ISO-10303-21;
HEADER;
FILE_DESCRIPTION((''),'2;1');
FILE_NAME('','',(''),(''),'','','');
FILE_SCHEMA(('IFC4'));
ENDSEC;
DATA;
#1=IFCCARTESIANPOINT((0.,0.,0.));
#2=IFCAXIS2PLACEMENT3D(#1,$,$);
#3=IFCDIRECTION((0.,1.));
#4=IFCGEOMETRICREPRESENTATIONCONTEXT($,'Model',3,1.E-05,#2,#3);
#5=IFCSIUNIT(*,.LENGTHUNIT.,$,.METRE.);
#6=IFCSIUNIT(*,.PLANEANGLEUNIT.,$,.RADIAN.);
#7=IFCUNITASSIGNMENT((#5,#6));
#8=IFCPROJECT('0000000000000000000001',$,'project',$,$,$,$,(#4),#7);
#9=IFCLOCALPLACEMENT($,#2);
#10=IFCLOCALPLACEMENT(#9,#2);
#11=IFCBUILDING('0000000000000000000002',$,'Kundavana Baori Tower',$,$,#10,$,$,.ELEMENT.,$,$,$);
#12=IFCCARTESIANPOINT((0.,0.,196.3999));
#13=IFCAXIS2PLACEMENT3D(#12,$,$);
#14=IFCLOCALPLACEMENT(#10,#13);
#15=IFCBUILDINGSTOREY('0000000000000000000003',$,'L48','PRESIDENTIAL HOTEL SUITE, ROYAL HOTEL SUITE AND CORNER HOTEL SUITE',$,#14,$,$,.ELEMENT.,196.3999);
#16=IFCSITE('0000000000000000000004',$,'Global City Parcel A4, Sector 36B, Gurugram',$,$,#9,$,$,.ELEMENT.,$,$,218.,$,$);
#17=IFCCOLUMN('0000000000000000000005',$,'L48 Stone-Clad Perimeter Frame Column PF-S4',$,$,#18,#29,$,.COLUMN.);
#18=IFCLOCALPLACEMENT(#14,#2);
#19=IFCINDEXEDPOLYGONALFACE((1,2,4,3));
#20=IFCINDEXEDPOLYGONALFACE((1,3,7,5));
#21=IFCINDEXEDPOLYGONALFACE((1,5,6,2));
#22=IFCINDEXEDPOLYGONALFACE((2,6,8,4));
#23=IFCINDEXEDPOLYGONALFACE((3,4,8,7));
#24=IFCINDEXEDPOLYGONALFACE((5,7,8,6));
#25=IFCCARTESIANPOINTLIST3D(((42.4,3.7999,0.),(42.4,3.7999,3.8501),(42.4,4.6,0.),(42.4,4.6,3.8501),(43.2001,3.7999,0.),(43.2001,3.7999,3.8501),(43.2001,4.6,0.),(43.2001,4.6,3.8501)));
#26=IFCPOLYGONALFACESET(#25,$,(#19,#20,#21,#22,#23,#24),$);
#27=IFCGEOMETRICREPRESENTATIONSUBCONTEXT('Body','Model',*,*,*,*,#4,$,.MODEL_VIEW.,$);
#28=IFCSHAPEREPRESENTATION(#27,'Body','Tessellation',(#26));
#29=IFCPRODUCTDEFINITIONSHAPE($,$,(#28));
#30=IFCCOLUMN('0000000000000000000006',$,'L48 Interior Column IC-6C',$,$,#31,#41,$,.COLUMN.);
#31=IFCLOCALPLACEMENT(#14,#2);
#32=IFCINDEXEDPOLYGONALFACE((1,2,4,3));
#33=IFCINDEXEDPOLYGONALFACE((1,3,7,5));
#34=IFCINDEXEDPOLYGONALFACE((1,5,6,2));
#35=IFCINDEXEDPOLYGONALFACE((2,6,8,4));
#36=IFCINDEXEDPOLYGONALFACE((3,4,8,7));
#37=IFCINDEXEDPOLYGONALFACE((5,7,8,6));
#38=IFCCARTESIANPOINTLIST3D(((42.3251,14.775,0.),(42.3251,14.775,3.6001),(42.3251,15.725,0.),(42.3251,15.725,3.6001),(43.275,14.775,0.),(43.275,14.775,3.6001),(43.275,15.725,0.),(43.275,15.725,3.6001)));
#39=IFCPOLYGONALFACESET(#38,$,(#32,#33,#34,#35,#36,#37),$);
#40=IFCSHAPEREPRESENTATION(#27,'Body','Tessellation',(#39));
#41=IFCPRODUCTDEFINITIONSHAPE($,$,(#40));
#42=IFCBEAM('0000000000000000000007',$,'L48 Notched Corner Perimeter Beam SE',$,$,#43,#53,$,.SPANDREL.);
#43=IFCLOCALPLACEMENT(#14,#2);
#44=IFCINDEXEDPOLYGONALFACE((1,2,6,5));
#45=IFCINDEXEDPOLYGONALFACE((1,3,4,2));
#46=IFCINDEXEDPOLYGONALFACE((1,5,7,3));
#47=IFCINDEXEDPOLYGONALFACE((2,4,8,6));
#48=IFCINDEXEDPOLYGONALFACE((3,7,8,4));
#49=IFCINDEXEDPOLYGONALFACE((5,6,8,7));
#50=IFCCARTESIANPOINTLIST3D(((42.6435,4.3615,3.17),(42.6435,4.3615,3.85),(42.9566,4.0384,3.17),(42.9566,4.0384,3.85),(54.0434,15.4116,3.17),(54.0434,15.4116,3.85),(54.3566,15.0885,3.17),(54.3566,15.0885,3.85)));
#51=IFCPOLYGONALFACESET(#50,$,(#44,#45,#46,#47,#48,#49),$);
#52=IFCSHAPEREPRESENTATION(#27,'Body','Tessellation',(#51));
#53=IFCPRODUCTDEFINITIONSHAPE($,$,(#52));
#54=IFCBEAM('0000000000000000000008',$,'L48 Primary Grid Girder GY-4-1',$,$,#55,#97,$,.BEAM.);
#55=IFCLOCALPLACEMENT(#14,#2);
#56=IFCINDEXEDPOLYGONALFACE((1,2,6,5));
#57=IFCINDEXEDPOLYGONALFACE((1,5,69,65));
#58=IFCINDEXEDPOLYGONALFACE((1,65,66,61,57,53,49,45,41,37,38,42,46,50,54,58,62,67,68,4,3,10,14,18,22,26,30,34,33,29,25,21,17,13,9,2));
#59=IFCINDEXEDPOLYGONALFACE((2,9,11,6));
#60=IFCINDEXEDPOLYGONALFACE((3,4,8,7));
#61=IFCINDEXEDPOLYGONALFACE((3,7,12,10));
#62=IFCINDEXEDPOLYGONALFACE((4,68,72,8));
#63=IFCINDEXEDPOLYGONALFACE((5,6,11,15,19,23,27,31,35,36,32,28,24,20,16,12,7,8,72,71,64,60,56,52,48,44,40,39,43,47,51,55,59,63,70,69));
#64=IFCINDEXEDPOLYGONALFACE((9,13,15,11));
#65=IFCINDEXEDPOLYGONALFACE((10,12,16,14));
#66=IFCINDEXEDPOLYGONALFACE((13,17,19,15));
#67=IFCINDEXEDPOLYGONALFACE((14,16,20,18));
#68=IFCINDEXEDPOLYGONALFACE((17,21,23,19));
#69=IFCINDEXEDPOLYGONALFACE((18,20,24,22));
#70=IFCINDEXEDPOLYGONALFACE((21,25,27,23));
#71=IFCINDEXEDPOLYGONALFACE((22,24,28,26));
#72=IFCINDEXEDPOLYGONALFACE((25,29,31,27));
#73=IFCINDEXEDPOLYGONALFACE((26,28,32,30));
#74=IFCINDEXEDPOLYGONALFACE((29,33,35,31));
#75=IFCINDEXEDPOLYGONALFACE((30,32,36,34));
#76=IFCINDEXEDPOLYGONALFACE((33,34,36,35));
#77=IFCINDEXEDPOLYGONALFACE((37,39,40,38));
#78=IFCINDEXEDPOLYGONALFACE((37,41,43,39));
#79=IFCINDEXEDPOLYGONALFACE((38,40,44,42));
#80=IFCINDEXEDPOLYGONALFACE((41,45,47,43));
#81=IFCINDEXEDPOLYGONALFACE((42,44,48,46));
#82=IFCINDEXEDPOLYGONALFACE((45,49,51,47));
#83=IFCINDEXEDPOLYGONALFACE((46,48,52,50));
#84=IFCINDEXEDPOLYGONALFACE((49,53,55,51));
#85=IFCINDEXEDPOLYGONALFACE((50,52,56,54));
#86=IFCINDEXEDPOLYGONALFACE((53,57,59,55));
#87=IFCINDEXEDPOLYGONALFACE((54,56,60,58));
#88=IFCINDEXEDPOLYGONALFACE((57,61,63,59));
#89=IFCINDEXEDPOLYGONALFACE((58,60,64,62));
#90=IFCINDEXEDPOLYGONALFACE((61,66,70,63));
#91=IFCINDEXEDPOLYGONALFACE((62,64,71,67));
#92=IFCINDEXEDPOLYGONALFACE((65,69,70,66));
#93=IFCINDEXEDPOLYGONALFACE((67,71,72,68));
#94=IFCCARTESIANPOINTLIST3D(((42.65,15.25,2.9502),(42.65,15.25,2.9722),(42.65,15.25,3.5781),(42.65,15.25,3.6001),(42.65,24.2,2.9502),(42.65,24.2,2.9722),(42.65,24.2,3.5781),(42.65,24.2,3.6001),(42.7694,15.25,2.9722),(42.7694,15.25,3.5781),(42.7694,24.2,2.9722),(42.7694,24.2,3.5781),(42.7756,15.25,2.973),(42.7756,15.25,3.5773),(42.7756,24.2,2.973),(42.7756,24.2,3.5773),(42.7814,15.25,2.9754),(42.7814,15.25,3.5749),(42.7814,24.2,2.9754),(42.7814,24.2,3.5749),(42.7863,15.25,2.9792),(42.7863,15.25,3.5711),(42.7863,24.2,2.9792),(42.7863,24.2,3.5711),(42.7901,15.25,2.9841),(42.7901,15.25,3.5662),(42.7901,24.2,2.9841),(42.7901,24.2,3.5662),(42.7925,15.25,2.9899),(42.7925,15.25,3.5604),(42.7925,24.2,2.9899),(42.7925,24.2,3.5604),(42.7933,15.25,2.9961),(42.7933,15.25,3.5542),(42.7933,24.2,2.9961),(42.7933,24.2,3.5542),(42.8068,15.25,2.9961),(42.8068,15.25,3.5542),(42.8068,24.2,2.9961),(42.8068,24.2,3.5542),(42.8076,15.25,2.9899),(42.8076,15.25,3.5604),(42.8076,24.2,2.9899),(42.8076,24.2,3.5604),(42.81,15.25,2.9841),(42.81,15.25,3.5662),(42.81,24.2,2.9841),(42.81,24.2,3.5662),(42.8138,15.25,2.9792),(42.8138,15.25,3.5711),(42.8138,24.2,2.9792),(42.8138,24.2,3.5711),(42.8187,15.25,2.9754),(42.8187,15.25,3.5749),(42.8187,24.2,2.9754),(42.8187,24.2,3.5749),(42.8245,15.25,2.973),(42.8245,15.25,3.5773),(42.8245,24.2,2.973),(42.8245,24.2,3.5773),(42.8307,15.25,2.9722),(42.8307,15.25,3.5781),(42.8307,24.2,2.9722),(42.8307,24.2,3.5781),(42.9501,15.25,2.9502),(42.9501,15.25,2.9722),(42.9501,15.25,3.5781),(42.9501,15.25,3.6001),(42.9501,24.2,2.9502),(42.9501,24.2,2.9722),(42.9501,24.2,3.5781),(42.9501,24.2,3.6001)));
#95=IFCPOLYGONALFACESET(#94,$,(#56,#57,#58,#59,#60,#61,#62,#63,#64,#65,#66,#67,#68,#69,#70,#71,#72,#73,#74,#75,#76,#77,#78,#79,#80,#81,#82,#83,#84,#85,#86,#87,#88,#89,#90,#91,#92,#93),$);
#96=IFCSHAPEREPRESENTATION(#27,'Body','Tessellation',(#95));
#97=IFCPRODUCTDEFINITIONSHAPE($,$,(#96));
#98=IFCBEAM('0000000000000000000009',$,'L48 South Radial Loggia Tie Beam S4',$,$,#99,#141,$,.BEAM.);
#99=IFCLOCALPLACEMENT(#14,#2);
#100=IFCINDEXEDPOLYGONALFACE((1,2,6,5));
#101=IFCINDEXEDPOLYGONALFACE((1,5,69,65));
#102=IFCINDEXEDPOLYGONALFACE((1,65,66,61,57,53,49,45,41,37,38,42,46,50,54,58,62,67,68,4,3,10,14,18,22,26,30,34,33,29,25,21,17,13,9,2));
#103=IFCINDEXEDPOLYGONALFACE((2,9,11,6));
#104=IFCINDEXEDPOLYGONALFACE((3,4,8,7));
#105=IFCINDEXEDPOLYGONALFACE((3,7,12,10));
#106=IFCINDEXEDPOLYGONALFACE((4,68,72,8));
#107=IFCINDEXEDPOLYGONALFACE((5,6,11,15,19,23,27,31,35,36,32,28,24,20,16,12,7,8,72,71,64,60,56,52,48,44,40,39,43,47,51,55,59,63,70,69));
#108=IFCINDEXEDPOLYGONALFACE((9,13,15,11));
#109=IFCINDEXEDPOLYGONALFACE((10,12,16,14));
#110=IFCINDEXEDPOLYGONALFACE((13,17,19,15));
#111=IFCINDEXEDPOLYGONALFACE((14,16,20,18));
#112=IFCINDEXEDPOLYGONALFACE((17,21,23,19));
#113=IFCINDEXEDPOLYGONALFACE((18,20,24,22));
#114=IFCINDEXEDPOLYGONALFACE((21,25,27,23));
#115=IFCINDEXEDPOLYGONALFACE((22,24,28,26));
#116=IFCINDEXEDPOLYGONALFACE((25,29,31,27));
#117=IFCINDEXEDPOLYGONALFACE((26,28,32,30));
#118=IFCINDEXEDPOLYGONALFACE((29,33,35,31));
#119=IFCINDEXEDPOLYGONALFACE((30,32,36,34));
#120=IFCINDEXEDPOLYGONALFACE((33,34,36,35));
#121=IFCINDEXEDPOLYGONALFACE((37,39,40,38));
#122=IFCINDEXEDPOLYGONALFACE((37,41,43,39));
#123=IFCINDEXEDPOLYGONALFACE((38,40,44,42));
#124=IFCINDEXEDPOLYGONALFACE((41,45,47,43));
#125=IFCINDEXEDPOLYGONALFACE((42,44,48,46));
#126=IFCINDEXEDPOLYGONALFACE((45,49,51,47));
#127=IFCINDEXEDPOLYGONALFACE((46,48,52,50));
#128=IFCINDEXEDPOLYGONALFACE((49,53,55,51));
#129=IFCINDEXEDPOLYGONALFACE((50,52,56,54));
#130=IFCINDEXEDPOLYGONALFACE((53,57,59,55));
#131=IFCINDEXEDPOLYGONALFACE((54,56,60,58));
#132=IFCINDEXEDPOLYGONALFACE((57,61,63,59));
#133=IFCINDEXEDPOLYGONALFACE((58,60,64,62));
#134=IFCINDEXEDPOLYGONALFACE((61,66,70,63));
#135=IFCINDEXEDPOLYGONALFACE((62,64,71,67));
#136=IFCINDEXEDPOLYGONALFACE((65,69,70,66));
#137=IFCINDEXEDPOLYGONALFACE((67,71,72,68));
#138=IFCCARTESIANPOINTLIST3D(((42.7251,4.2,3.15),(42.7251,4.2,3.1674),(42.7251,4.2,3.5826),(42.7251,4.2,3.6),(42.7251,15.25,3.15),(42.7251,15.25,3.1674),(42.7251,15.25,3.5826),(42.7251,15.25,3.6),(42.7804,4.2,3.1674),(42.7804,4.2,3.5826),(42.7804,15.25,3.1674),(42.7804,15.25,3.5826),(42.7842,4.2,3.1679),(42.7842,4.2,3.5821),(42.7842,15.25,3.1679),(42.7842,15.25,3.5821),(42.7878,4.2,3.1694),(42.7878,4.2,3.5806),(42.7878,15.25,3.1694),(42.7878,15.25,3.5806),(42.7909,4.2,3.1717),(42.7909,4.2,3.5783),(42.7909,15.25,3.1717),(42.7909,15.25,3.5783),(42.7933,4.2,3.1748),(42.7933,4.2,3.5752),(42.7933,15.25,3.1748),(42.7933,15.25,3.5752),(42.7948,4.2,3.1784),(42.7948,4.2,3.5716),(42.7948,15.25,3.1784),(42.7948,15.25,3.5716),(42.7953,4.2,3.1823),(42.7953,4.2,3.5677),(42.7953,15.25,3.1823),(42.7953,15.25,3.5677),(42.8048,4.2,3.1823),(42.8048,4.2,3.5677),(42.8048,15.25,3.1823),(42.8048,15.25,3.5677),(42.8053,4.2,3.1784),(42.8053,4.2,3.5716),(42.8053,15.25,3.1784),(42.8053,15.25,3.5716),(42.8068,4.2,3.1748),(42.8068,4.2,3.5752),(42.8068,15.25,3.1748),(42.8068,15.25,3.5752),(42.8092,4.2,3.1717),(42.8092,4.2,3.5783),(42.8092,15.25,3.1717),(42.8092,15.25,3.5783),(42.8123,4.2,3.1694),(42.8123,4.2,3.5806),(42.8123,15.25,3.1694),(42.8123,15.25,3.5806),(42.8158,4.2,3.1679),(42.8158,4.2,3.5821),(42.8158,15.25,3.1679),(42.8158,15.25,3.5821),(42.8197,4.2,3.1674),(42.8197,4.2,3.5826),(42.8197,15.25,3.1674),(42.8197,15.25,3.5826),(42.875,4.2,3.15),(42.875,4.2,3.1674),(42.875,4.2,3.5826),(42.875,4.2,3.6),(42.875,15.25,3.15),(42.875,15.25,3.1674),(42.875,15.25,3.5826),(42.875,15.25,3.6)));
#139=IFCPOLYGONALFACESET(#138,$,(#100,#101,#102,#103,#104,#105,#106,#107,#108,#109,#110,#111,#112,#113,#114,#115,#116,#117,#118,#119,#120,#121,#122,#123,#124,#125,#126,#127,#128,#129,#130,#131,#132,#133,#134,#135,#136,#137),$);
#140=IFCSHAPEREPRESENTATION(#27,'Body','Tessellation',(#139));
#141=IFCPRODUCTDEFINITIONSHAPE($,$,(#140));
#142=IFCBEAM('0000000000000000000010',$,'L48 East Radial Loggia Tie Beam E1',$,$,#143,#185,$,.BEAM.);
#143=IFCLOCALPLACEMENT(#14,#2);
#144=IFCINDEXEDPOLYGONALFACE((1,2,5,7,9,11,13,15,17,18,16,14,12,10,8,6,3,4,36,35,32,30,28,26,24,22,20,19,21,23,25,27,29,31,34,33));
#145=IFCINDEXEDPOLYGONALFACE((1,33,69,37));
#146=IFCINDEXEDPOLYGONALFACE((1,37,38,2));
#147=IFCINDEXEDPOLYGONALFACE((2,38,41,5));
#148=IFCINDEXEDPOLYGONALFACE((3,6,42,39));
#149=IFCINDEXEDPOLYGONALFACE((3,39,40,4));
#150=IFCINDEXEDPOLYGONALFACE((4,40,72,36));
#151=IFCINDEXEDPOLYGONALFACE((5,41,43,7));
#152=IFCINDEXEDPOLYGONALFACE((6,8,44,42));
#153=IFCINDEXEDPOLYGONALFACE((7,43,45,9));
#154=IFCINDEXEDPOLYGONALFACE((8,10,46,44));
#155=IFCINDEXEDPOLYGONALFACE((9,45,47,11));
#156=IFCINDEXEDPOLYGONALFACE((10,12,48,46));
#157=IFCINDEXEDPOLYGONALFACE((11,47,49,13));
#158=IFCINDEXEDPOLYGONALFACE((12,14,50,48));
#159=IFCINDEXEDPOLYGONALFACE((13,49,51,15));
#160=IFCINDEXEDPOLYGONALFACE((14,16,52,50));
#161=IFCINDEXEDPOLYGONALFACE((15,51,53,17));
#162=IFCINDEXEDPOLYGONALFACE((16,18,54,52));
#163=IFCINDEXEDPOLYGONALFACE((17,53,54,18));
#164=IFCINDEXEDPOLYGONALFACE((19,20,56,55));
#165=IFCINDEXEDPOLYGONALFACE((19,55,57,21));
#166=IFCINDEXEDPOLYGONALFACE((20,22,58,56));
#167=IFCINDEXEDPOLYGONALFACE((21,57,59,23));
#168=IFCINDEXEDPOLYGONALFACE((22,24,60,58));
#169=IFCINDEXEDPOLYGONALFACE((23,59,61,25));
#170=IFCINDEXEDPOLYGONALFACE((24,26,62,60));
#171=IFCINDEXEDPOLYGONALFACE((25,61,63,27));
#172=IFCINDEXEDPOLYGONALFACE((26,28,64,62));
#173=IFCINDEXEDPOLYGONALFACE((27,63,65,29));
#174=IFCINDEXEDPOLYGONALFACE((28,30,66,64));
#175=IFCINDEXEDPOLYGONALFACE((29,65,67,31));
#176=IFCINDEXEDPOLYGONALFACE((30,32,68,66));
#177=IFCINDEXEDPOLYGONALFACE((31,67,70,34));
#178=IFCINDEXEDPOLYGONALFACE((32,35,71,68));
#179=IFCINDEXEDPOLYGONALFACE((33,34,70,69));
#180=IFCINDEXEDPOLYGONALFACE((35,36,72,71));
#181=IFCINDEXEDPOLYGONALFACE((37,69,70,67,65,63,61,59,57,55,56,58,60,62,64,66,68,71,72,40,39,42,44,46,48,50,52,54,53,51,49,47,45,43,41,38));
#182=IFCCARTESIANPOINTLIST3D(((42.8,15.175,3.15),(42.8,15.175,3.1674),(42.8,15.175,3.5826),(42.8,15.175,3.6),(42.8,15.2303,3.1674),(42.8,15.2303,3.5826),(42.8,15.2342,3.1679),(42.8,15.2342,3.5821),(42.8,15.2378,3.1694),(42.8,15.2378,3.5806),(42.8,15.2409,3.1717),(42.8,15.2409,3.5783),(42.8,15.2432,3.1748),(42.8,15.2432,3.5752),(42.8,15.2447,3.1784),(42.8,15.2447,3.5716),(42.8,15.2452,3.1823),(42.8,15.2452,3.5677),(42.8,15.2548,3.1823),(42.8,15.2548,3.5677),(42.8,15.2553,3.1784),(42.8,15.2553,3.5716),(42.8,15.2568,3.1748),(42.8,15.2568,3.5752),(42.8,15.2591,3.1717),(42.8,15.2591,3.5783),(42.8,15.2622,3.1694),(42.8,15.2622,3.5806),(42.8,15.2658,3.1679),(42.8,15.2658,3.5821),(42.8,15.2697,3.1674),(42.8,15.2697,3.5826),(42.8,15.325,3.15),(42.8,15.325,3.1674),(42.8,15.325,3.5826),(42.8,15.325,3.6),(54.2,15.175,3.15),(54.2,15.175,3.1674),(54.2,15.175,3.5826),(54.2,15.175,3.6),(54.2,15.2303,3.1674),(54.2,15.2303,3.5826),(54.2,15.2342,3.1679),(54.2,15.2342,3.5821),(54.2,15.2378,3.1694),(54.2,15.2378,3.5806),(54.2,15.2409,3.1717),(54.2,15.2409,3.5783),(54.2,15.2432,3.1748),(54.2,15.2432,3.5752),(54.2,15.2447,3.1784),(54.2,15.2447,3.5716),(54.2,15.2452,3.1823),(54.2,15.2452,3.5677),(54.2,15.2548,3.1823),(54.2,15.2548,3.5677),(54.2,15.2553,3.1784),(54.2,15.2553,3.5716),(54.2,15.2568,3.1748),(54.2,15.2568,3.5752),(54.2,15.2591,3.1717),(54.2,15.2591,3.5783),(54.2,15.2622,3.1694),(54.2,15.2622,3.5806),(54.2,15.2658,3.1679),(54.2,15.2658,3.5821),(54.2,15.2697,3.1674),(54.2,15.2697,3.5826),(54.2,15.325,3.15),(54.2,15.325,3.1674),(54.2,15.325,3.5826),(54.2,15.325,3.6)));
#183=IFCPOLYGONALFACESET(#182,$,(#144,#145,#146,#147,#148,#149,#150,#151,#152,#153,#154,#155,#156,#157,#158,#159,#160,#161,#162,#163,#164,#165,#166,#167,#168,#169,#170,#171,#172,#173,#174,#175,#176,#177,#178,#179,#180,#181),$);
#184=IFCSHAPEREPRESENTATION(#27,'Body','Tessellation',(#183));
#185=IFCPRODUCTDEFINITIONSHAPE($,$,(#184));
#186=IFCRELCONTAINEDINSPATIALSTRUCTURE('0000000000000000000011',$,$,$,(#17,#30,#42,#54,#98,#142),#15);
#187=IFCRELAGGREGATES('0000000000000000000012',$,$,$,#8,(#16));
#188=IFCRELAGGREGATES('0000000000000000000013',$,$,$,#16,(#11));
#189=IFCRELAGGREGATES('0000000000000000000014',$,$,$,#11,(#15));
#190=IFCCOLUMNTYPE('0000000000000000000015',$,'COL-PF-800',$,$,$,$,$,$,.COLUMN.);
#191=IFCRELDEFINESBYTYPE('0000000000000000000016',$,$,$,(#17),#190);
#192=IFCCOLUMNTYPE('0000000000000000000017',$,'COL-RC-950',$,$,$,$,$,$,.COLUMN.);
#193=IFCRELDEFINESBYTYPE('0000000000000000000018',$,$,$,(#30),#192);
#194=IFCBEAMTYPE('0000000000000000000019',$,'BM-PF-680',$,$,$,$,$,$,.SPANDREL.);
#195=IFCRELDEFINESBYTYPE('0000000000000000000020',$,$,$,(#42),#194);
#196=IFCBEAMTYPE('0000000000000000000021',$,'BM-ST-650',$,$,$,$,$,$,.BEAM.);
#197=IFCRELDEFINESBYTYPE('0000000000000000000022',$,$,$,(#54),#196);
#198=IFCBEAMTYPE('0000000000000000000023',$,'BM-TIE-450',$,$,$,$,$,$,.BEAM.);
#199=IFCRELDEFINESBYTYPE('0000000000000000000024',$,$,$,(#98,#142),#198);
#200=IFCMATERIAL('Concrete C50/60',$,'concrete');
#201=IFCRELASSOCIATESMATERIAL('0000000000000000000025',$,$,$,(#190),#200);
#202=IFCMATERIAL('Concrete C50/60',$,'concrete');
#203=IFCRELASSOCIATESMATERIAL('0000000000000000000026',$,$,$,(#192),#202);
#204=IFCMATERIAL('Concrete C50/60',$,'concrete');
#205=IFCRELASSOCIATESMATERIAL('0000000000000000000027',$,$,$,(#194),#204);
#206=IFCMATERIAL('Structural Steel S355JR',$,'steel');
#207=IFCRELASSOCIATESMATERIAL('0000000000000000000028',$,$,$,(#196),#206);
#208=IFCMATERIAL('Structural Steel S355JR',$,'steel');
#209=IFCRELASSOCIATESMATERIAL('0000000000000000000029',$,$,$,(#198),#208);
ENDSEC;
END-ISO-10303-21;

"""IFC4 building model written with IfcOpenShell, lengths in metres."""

from ifc_helpers import new_model, si_unit, direction, frame, origin, origin_2d, place, context, subcontext, project, spatial, rectangle, i_section, extrude, material, material_profile, profile_set, type_object, element, save


model = new_model("IFC4")

# Units and contexts
model_context = context("Model", 3, precision=1e-05, world=origin(), true_north=direction((0.0, 1.0)))
body_context = subcontext(model_context, "Body", "Model", "MODEL_VIEW")
ifc_project = project(units=[si_unit("LENGTHUNIT", "METRE"), si_unit("PLANEANGLEUNIT", "RADIAN")], contexts=[model_context])

# Site, building, storey
site_placement = place(None, origin())
site = spatial("IfcSite", under=ifc_project, at=site_placement, Name="Global City Parcel A4, Sector 36B, Gurugram", CompositionType="ELEMENT", RefElevation=218.0)
building_placement = place(site_placement, origin())
building = spatial("IfcBuilding", under=site, at=building_placement, Name="Kundavana Baori Tower", CompositionType="ELEMENT")
storey_placement = place(building_placement, frame((0.0, 0.0, 196.3999)))
storey = spatial("IfcBuildingStorey", under=building, at=storey_placement, Name="L48", Description="PRESIDENTIAL HOTEL SUITE, ROYAL HOTEL SUITE AND CORNER HOTEL SUITE", CompositionType="ELEMENT", Elevation=196.3999)

# Columns
ifc_material_1 = material(Name="Concrete C50/60", Category="concrete")
ifc_material_profile_1 = material_profile(ifc_material_1, rectangle(XDim=0.8, YDim=0.8, at=origin_2d()), Name="RC PF 800x800")
ifc_profile_set_1 = profile_set([ifc_material_profile_1], Name="Concrete C50/60")
column_type_1 = type_object("IfcColumnType", Name="COL-PF-800", PredefinedType="COLUMN", material=ifc_profile_set_1)
column_1_placement = place(storey_placement, frame((42.8, 4.2, 0.0), z_axis=(0.0, 0.0, 1.0), x_axis=(1.0, 0.0, 0.0)))
element("IfcColumn", 1, at=column_1_placement, inside=storey, type_object=column_type_1, Name="L48 Stone-Clad Perimeter Frame Column PF-S4", PredefinedType="COLUMN", context=body_context, shape_type="SweptSolid", body=[
    extrude(rectangle(XDim=0.8, YDim=0.8, at=origin_2d()), origin(), (0.0, 0.0, 1.0), 3.8501),
])
ifc_material_2 = material(Name="Concrete C50/60", Category="concrete")
ifc_material_profile_2 = material_profile(ifc_material_2, rectangle(XDim=0.95, YDim=0.95, at=origin_2d()), Name="RC 950x950")
ifc_profile_set_2 = profile_set([ifc_material_profile_2], Name="Concrete C50/60")
column_type_2 = type_object("IfcColumnType", Name="COL-RC-950", PredefinedType="COLUMN", material=ifc_profile_set_2)
column_2_placement = place(storey_placement, frame((42.8, 15.25, 0.0), z_axis=(0.0, 0.0, 1.0), x_axis=(1.0, 0.0, 0.0)))
element("IfcColumn", 2, at=column_2_placement, inside=storey, type_object=column_type_2, Name="L48 Interior Column IC-6C", PredefinedType="COLUMN", context=body_context, shape_type="SweptSolid", body=[
    extrude(rectangle(XDim=0.95, YDim=0.95, at=origin_2d()), origin(), (0.0, 0.0, 1.0), 3.6001),
])

# Beams
ifc_material_3 = material(Name="Concrete C50/60", Category="concrete")
ifc_material_profile_3 = material_profile(ifc_material_3, rectangle(XDim=0.45, YDim=0.6799, at=origin_2d()), Name="RC BM 450x680")
ifc_profile_set_3 = profile_set([ifc_material_profile_3], Name="Concrete C50/60")
beam_type_1 = type_object("IfcBeamType", Name="BM-PF-680", PredefinedType="SPANDREL", material=ifc_profile_set_3)
beam_1_placement = place(storey_placement, frame((42.8, 4.2, 3.51), z_axis=(0.718039, 0.696003, 0.0), x_axis=(-0.696003, 0.718039, 0.0)))
element("IfcBeam", 3, at=beam_1_placement, inside=storey, type_object=beam_type_1, Name="L48 Notched Corner Perimeter Beam SE", PredefinedType="SPANDREL", context=body_context, shape_type="SweptSolid", body=[
    extrude(rectangle(XDim=0.45, YDim=0.6799, at=origin_2d()), origin(), (0.0, 0.0, 1.0), 15.8765),
])
ifc_material_4 = material(Name="Structural Steel S355JR", Category="steel")
ifc_material_profile_4 = material_profile(ifc_material_4, i_section(OverallWidth=0.3, OverallDepth=0.6499, WebThickness=0.0134, FlangeThickness=0.022, FilletRadius=0.0239, at=origin_2d()), Name="NPB 650x300x155")
ifc_profile_set_4 = profile_set([ifc_material_profile_4], Name="Structural Steel S355JR")
beam_type_2 = type_object("IfcBeamType", Name="BM-ST-650", PredefinedType="BEAM", material=ifc_profile_set_4)
beam_2_placement = place(storey_placement, frame((42.8, 15.25, 3.2751), z_axis=(0.0, 1.0, 0.0), x_axis=(-1.0, 0.0, 0.0)))
element("IfcBeam", 4, at=beam_2_placement, inside=storey, type_object=beam_type_2, Name="L48 Primary Grid Girder GY-4-1", PredefinedType="BEAM", context=body_context, shape_type="SweptSolid", body=[
    extrude(i_section(OverallWidth=0.3, OverallDepth=0.6499, WebThickness=0.0134, FlangeThickness=0.022, FilletRadius=0.0239, at=origin_2d()), origin(), (0.0, 0.0, 1.0), 8.95),
])
ifc_material_5 = material(Name="Structural Steel S355JR", Category="steel")
ifc_material_profile_5 = material_profile(ifc_material_5, i_section(OverallWidth=0.1499, OverallDepth=0.45, WebThickness=0.0095, FlangeThickness=0.0173, FilletRadius=0.0149, at=origin_2d()), Name="ISMB 450")
ifc_profile_set_5 = profile_set([ifc_material_profile_5], Name="Structural Steel S355JR")
beam_type_3 = type_object("IfcBeamType", Name="BM-TIE-450", PredefinedType="BEAM", material=ifc_profile_set_5)
beam_3_placement = place(storey_placement, frame((42.8, 15.25, 3.375), z_axis=(0.0, -1.0, 0.0), x_axis=(1.0, 0.0, 0.0)))
element("IfcBeam", 5, at=beam_3_placement, inside=storey, type_object=beam_type_3, Name="L48 South Radial Loggia Tie Beam S4", PredefinedType="BEAM", context=body_context, shape_type="SweptSolid", body=[
    extrude(i_section(OverallWidth=0.1499, OverallDepth=0.45, WebThickness=0.0095, FlangeThickness=0.0173, FilletRadius=0.0149, at=origin_2d()), origin(), (0.0, 0.0, 1.0), 11.05),
])
beam_4_placement = place(storey_placement, frame((42.8, 15.25, 3.375), z_axis=(1.0, 0.0, 0.0), x_axis=(0.0, 1.0, 0.0)))
element("IfcBeam", 6, at=beam_4_placement, inside=storey, type_object=beam_type_3, Name="L48 East Radial Loggia Tie Beam E1", PredefinedType="BEAM", context=body_context, shape_type="SweptSolid", body=[
    extrude(i_section(OverallWidth=0.1499, OverallDepth=0.45, WebThickness=0.0095, FlangeThickness=0.0173, FilletRadius=0.0149, at=origin_2d()), origin(), (0.0, 0.0, 1.0), 11.3999),
])

save(model, "model.ifc")
